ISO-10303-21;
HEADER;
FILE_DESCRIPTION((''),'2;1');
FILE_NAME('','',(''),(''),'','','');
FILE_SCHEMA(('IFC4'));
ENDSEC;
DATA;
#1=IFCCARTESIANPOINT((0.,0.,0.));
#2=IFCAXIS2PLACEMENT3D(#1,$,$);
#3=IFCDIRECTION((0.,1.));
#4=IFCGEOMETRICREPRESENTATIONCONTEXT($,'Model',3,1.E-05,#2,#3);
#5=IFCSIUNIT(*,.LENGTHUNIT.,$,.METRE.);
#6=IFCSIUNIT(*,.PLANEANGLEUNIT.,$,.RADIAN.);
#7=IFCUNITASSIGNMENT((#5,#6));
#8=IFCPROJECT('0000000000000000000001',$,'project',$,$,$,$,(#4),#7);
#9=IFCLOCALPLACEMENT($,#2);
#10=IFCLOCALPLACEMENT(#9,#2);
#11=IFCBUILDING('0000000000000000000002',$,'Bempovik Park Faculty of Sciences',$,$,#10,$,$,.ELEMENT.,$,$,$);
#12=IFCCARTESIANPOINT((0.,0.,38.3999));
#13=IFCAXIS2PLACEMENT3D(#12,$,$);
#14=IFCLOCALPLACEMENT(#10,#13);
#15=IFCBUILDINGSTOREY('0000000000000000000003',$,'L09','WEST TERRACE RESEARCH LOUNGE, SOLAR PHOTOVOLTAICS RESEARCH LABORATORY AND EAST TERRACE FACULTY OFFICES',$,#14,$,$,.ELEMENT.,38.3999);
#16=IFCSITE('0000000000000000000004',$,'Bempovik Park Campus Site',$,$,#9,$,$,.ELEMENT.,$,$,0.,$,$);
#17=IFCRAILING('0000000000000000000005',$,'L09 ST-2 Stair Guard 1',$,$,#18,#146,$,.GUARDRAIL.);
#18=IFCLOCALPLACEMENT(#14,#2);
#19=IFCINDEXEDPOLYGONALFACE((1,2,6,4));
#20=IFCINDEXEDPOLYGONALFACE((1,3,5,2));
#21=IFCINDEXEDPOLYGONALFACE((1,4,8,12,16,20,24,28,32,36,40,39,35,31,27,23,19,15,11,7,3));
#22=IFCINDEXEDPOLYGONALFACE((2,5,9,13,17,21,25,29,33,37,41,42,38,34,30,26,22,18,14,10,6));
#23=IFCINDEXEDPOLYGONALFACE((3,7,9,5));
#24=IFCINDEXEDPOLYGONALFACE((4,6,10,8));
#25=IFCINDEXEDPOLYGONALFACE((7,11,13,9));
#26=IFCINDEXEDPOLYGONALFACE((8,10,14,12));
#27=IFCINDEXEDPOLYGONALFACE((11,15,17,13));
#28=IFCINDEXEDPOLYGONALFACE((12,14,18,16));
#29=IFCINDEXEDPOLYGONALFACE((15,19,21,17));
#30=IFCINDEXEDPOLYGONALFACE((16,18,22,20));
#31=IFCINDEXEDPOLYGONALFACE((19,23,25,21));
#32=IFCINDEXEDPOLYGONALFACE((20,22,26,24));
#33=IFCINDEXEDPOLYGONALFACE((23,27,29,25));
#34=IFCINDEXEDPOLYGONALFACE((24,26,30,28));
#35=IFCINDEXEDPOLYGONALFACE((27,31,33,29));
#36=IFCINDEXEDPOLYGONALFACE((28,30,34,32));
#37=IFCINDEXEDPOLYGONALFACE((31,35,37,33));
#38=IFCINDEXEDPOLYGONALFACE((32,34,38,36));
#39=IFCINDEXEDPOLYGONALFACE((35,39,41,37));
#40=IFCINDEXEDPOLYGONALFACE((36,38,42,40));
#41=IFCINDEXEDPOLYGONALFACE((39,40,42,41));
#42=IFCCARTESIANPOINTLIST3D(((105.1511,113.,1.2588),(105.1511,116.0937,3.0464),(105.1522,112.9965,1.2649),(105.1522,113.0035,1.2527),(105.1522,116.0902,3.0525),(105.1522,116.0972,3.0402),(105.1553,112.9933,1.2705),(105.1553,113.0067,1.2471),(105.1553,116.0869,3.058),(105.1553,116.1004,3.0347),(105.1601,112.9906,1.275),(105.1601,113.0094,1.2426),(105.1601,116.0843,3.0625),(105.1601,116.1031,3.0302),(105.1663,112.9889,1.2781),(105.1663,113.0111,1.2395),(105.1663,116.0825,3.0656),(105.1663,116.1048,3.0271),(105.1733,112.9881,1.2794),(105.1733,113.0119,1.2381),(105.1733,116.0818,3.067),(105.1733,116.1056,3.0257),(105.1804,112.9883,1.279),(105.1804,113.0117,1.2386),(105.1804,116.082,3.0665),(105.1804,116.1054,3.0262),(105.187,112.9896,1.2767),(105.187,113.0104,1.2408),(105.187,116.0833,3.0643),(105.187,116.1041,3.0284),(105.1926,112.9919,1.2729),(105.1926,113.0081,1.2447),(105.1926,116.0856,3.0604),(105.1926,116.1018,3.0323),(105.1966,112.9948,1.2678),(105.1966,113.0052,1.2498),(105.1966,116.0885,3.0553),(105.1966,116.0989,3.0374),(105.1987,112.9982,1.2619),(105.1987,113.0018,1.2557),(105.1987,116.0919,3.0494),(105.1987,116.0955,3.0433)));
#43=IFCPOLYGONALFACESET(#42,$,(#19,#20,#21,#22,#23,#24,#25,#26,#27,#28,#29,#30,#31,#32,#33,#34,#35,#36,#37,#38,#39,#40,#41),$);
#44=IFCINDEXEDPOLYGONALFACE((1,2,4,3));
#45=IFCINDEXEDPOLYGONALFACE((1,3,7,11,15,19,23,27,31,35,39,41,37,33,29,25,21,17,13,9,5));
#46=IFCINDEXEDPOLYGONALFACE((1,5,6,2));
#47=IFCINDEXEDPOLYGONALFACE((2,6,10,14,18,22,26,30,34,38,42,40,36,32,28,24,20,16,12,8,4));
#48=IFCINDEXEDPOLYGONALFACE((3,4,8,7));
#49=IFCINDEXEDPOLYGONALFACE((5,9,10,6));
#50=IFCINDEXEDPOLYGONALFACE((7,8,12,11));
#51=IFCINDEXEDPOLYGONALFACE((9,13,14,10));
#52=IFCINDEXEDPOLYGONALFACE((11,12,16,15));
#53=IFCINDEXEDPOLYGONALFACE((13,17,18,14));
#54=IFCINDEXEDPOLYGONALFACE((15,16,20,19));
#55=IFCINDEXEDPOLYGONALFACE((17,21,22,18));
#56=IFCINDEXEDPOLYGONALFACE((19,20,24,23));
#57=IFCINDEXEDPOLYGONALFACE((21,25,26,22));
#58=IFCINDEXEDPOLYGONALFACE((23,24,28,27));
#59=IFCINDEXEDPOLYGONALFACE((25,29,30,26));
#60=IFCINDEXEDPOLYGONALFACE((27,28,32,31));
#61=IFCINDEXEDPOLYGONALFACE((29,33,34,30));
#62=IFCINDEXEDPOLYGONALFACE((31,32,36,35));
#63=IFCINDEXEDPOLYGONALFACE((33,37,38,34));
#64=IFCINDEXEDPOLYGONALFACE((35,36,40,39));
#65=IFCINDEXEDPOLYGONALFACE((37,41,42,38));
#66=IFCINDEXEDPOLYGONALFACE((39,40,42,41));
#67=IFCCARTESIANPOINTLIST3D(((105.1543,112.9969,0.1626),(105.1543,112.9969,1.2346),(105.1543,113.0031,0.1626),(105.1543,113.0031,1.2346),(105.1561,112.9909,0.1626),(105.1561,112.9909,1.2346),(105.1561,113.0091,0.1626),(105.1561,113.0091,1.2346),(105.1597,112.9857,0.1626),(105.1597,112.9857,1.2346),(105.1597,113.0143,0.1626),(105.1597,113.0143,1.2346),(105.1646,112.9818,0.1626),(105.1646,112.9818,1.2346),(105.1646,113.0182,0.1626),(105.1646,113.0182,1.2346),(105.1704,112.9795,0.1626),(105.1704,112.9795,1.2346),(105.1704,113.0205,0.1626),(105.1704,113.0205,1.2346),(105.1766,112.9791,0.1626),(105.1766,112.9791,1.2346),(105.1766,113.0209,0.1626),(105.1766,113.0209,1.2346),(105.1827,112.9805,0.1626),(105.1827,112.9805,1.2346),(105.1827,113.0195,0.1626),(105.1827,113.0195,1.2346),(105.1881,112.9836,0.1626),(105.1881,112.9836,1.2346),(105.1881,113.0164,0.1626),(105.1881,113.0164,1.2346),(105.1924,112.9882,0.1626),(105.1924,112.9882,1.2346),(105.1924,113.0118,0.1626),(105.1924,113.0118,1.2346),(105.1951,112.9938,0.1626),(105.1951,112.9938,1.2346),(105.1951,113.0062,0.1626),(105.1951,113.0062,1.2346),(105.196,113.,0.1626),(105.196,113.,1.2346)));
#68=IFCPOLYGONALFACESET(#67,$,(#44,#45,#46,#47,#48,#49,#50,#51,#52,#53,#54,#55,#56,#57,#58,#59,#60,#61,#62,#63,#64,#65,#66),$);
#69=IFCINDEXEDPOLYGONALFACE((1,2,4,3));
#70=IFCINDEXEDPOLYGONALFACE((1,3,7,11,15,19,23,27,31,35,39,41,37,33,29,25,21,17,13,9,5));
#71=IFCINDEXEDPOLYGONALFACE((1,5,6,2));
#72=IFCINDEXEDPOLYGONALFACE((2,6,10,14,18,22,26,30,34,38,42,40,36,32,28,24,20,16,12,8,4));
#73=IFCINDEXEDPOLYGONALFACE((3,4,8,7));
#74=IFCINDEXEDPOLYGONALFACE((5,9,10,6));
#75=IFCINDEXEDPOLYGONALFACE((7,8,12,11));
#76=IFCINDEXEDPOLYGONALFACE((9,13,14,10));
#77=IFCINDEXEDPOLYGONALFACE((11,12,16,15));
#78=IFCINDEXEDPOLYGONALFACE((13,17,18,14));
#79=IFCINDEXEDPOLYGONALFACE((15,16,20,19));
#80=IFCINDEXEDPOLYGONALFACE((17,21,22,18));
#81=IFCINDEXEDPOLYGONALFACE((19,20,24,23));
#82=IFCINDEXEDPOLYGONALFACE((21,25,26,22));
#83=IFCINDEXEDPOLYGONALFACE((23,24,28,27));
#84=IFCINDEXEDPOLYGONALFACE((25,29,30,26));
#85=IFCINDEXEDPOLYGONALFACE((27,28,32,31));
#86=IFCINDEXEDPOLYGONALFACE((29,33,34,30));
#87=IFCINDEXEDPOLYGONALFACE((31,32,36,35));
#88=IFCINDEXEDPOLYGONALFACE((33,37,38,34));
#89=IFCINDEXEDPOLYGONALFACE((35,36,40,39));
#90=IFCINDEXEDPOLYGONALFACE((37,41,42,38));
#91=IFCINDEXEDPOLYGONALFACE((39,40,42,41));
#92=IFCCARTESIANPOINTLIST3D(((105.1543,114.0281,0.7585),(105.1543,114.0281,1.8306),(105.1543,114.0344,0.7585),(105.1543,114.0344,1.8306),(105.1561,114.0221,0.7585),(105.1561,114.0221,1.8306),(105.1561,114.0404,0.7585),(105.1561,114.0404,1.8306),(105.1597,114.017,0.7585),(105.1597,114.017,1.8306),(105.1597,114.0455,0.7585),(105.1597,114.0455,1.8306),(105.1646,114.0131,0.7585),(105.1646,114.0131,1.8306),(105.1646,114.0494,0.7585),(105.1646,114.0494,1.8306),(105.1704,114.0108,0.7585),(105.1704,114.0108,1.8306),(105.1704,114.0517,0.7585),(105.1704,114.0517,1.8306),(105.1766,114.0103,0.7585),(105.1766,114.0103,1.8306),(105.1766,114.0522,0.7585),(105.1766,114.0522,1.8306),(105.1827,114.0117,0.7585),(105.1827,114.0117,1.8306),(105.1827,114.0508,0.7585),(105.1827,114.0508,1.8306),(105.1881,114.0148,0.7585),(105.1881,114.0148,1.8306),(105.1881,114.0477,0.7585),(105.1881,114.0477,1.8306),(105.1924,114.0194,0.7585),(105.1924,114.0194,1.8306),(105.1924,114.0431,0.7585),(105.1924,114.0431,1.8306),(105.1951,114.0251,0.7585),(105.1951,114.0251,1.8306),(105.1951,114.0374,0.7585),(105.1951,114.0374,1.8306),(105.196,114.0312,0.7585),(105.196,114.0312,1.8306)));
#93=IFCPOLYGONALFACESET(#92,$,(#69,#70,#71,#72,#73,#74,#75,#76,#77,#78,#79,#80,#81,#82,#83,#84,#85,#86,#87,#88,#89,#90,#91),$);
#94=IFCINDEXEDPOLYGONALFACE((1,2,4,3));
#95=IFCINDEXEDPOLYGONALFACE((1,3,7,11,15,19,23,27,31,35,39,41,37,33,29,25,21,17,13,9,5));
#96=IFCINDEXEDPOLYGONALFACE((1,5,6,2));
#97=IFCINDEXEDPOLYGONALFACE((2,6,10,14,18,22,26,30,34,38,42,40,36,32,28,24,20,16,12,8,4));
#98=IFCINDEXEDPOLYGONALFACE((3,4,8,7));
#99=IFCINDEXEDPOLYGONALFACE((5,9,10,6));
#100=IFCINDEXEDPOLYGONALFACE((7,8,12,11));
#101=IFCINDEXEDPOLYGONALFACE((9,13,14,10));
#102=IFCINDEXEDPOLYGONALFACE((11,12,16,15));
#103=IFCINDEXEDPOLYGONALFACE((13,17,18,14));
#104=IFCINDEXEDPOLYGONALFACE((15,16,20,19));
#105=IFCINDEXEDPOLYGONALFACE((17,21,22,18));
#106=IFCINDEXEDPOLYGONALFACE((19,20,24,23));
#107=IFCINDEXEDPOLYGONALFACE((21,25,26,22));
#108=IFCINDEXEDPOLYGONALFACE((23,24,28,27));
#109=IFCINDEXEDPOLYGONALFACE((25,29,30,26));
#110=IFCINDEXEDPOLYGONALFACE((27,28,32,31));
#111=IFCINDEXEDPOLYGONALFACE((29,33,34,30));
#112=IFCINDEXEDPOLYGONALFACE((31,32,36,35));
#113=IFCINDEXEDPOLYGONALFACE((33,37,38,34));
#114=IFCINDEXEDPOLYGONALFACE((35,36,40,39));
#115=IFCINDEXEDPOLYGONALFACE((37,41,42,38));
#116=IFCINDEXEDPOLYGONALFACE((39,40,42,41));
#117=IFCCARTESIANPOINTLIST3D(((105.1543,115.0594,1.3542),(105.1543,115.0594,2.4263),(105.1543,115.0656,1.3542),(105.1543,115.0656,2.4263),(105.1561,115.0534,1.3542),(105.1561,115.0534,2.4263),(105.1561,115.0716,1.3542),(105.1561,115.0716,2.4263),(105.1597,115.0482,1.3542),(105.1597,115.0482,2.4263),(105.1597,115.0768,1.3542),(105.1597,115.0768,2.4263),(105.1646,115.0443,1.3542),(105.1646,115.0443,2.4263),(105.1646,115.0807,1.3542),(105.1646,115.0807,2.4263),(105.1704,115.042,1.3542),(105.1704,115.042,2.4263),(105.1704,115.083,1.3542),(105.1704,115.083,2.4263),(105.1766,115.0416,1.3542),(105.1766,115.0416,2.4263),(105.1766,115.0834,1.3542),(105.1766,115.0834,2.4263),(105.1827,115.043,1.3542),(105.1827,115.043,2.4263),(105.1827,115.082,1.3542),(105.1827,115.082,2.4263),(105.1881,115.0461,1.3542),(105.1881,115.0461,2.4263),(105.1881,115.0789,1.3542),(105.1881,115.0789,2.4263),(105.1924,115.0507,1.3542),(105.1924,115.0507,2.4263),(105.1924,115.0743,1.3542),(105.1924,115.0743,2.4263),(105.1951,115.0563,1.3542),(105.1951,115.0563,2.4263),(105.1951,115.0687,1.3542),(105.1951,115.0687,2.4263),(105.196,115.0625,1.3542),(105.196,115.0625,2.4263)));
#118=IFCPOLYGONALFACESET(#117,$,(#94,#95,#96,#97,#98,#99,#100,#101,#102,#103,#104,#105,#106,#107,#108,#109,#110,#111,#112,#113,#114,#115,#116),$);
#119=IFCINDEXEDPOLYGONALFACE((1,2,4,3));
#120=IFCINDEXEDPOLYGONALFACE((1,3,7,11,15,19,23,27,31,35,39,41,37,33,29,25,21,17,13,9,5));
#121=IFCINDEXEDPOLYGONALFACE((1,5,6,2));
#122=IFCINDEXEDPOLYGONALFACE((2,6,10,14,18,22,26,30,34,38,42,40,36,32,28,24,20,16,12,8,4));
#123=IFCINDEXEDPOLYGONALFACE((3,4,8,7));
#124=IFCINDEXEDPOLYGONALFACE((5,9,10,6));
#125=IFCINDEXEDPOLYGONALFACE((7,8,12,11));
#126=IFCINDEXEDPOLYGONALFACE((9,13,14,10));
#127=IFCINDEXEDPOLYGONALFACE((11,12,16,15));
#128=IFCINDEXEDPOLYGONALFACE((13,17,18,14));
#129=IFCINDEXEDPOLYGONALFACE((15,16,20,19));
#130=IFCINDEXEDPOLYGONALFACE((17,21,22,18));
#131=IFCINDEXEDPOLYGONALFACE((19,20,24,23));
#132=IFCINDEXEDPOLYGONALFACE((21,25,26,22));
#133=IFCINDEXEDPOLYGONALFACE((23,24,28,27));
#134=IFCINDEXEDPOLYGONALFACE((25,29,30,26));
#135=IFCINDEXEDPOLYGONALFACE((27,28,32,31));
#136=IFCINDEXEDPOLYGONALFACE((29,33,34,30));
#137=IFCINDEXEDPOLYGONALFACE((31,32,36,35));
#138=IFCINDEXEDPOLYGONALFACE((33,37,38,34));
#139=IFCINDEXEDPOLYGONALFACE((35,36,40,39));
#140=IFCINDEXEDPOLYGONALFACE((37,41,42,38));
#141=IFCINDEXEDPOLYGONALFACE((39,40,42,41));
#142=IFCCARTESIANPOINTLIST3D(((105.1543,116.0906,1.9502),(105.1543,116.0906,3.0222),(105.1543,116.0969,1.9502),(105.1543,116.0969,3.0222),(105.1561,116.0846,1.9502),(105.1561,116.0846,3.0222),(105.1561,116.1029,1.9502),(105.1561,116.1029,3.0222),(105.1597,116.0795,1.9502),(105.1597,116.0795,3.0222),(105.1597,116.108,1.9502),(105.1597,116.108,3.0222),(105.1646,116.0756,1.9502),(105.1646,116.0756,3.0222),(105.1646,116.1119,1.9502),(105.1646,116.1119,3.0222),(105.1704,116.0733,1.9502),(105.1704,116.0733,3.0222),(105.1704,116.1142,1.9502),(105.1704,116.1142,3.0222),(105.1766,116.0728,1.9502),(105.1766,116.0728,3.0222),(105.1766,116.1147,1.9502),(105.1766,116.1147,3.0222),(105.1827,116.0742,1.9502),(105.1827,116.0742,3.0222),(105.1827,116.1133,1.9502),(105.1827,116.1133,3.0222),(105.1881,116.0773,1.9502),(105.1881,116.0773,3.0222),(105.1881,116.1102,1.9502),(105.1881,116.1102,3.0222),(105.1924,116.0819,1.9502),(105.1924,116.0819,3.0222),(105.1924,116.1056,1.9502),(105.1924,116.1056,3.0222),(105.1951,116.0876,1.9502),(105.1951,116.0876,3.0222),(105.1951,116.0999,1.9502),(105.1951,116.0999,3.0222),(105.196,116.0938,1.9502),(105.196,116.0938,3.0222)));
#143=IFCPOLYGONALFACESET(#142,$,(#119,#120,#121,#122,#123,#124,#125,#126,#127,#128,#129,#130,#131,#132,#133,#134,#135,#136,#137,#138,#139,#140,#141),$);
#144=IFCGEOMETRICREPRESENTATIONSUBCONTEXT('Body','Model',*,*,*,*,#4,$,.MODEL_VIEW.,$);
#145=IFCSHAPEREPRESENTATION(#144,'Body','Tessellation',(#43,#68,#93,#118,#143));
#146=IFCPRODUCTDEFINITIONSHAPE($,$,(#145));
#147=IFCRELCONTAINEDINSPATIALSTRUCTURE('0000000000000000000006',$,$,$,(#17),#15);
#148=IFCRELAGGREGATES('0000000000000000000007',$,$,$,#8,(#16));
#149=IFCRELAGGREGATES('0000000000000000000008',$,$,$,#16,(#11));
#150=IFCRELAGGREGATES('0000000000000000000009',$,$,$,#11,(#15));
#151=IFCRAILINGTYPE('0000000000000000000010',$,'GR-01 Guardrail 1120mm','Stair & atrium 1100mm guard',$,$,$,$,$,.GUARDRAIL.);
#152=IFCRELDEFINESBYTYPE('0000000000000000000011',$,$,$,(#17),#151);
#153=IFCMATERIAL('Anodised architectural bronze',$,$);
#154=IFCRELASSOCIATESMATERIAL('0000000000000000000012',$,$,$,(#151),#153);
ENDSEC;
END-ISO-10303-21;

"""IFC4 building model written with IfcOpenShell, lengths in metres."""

from ifc_helpers import new_model, si_unit, direction, frame, origin, origin_2d, place, context, subcontext, project, spatial, circle, extrude, material, type_object, element, save


model = new_model("IFC4")

# Units and contexts
model_context = context("Model", 3, precision=1e-05, world=origin(), true_north=direction((0.0, 1.0)))
body_context = subcontext(model_context, "Body", "Model", "MODEL_VIEW")
ifc_project = project(units=[si_unit("LENGTHUNIT", "METRE"), si_unit("PLANEANGLEUNIT", "RADIAN")], contexts=[model_context])

# Site, building, storey
site_placement = place(None, origin())
site = spatial("IfcSite", under=ifc_project, at=site_placement, Name="Bempovik Park Campus Site", CompositionType="ELEMENT", RefElevation=0.0)
building_placement = place(site_placement, origin())
building = spatial("IfcBuilding", under=site, at=building_placement, Name="Bempovik Park Faculty of Sciences", CompositionType="ELEMENT")
storey_placement = place(building_placement, frame((0.0, 0.0, 38.3999)))
storey = spatial("IfcBuildingStorey", under=building, at=storey_placement, Name="L09", Description="WEST TERRACE RESEARCH LOUNGE, SOLAR PHOTOVOLTAICS RESEARCH LABORATORY AND EAST TERRACE FACULTY OFFICES", CompositionType="ELEMENT", Elevation=38.3999)

# Railing
ifc_material_1 = material(Name="Anodised architectural bronze")
railing_type_1 = type_object("IfcRailingType", Name="GR-01 Guardrail 1120mm", Description="Stair & atrium 1100mm guard", PredefinedType="GUARDRAIL", material=ifc_material_1)
railing_1_placement = place(storey_placement, frame((105.175, 113.0, 0.1626)))
element("IfcRailing", 1, at=railing_1_placement, inside=storey, type_object=railing_type_1, Name="L09 ST-2 Stair Guard 1", PredefinedType="GUARDRAIL", context=body_context, shape_type="SweptSolid", body=[
    extrude(circle(Radius=0.0239, at=origin_2d()), frame((0.0, 0.0, 1.0962), z_axis=(0.0, 0.865853, 0.500298), x_axis=(-1.0, 0.0, 0.0)), (0.0, 0.0, 1.0), 3.573),
    extrude(circle(Radius=0.021, at=origin_2d()), origin(), (0.0, 0.0, 1.0), 1.072),
    extrude(circle(Radius=0.021, at=origin_2d()), frame((0.0, 1.0312, 0.5959)), (0.0, 0.0, 1.0), 1.072),
    extrude(circle(Radius=0.021, at=origin_2d()), frame((0.0, 2.0625, 1.1917)), (0.0, 0.0, 1.0), 1.072),
    extrude(circle(Radius=0.021, at=origin_2d()), frame((0.0, 3.0938, 1.7876)), (0.0, 0.0, 1.0), 1.072),
])

save(model, "model.ifc")
